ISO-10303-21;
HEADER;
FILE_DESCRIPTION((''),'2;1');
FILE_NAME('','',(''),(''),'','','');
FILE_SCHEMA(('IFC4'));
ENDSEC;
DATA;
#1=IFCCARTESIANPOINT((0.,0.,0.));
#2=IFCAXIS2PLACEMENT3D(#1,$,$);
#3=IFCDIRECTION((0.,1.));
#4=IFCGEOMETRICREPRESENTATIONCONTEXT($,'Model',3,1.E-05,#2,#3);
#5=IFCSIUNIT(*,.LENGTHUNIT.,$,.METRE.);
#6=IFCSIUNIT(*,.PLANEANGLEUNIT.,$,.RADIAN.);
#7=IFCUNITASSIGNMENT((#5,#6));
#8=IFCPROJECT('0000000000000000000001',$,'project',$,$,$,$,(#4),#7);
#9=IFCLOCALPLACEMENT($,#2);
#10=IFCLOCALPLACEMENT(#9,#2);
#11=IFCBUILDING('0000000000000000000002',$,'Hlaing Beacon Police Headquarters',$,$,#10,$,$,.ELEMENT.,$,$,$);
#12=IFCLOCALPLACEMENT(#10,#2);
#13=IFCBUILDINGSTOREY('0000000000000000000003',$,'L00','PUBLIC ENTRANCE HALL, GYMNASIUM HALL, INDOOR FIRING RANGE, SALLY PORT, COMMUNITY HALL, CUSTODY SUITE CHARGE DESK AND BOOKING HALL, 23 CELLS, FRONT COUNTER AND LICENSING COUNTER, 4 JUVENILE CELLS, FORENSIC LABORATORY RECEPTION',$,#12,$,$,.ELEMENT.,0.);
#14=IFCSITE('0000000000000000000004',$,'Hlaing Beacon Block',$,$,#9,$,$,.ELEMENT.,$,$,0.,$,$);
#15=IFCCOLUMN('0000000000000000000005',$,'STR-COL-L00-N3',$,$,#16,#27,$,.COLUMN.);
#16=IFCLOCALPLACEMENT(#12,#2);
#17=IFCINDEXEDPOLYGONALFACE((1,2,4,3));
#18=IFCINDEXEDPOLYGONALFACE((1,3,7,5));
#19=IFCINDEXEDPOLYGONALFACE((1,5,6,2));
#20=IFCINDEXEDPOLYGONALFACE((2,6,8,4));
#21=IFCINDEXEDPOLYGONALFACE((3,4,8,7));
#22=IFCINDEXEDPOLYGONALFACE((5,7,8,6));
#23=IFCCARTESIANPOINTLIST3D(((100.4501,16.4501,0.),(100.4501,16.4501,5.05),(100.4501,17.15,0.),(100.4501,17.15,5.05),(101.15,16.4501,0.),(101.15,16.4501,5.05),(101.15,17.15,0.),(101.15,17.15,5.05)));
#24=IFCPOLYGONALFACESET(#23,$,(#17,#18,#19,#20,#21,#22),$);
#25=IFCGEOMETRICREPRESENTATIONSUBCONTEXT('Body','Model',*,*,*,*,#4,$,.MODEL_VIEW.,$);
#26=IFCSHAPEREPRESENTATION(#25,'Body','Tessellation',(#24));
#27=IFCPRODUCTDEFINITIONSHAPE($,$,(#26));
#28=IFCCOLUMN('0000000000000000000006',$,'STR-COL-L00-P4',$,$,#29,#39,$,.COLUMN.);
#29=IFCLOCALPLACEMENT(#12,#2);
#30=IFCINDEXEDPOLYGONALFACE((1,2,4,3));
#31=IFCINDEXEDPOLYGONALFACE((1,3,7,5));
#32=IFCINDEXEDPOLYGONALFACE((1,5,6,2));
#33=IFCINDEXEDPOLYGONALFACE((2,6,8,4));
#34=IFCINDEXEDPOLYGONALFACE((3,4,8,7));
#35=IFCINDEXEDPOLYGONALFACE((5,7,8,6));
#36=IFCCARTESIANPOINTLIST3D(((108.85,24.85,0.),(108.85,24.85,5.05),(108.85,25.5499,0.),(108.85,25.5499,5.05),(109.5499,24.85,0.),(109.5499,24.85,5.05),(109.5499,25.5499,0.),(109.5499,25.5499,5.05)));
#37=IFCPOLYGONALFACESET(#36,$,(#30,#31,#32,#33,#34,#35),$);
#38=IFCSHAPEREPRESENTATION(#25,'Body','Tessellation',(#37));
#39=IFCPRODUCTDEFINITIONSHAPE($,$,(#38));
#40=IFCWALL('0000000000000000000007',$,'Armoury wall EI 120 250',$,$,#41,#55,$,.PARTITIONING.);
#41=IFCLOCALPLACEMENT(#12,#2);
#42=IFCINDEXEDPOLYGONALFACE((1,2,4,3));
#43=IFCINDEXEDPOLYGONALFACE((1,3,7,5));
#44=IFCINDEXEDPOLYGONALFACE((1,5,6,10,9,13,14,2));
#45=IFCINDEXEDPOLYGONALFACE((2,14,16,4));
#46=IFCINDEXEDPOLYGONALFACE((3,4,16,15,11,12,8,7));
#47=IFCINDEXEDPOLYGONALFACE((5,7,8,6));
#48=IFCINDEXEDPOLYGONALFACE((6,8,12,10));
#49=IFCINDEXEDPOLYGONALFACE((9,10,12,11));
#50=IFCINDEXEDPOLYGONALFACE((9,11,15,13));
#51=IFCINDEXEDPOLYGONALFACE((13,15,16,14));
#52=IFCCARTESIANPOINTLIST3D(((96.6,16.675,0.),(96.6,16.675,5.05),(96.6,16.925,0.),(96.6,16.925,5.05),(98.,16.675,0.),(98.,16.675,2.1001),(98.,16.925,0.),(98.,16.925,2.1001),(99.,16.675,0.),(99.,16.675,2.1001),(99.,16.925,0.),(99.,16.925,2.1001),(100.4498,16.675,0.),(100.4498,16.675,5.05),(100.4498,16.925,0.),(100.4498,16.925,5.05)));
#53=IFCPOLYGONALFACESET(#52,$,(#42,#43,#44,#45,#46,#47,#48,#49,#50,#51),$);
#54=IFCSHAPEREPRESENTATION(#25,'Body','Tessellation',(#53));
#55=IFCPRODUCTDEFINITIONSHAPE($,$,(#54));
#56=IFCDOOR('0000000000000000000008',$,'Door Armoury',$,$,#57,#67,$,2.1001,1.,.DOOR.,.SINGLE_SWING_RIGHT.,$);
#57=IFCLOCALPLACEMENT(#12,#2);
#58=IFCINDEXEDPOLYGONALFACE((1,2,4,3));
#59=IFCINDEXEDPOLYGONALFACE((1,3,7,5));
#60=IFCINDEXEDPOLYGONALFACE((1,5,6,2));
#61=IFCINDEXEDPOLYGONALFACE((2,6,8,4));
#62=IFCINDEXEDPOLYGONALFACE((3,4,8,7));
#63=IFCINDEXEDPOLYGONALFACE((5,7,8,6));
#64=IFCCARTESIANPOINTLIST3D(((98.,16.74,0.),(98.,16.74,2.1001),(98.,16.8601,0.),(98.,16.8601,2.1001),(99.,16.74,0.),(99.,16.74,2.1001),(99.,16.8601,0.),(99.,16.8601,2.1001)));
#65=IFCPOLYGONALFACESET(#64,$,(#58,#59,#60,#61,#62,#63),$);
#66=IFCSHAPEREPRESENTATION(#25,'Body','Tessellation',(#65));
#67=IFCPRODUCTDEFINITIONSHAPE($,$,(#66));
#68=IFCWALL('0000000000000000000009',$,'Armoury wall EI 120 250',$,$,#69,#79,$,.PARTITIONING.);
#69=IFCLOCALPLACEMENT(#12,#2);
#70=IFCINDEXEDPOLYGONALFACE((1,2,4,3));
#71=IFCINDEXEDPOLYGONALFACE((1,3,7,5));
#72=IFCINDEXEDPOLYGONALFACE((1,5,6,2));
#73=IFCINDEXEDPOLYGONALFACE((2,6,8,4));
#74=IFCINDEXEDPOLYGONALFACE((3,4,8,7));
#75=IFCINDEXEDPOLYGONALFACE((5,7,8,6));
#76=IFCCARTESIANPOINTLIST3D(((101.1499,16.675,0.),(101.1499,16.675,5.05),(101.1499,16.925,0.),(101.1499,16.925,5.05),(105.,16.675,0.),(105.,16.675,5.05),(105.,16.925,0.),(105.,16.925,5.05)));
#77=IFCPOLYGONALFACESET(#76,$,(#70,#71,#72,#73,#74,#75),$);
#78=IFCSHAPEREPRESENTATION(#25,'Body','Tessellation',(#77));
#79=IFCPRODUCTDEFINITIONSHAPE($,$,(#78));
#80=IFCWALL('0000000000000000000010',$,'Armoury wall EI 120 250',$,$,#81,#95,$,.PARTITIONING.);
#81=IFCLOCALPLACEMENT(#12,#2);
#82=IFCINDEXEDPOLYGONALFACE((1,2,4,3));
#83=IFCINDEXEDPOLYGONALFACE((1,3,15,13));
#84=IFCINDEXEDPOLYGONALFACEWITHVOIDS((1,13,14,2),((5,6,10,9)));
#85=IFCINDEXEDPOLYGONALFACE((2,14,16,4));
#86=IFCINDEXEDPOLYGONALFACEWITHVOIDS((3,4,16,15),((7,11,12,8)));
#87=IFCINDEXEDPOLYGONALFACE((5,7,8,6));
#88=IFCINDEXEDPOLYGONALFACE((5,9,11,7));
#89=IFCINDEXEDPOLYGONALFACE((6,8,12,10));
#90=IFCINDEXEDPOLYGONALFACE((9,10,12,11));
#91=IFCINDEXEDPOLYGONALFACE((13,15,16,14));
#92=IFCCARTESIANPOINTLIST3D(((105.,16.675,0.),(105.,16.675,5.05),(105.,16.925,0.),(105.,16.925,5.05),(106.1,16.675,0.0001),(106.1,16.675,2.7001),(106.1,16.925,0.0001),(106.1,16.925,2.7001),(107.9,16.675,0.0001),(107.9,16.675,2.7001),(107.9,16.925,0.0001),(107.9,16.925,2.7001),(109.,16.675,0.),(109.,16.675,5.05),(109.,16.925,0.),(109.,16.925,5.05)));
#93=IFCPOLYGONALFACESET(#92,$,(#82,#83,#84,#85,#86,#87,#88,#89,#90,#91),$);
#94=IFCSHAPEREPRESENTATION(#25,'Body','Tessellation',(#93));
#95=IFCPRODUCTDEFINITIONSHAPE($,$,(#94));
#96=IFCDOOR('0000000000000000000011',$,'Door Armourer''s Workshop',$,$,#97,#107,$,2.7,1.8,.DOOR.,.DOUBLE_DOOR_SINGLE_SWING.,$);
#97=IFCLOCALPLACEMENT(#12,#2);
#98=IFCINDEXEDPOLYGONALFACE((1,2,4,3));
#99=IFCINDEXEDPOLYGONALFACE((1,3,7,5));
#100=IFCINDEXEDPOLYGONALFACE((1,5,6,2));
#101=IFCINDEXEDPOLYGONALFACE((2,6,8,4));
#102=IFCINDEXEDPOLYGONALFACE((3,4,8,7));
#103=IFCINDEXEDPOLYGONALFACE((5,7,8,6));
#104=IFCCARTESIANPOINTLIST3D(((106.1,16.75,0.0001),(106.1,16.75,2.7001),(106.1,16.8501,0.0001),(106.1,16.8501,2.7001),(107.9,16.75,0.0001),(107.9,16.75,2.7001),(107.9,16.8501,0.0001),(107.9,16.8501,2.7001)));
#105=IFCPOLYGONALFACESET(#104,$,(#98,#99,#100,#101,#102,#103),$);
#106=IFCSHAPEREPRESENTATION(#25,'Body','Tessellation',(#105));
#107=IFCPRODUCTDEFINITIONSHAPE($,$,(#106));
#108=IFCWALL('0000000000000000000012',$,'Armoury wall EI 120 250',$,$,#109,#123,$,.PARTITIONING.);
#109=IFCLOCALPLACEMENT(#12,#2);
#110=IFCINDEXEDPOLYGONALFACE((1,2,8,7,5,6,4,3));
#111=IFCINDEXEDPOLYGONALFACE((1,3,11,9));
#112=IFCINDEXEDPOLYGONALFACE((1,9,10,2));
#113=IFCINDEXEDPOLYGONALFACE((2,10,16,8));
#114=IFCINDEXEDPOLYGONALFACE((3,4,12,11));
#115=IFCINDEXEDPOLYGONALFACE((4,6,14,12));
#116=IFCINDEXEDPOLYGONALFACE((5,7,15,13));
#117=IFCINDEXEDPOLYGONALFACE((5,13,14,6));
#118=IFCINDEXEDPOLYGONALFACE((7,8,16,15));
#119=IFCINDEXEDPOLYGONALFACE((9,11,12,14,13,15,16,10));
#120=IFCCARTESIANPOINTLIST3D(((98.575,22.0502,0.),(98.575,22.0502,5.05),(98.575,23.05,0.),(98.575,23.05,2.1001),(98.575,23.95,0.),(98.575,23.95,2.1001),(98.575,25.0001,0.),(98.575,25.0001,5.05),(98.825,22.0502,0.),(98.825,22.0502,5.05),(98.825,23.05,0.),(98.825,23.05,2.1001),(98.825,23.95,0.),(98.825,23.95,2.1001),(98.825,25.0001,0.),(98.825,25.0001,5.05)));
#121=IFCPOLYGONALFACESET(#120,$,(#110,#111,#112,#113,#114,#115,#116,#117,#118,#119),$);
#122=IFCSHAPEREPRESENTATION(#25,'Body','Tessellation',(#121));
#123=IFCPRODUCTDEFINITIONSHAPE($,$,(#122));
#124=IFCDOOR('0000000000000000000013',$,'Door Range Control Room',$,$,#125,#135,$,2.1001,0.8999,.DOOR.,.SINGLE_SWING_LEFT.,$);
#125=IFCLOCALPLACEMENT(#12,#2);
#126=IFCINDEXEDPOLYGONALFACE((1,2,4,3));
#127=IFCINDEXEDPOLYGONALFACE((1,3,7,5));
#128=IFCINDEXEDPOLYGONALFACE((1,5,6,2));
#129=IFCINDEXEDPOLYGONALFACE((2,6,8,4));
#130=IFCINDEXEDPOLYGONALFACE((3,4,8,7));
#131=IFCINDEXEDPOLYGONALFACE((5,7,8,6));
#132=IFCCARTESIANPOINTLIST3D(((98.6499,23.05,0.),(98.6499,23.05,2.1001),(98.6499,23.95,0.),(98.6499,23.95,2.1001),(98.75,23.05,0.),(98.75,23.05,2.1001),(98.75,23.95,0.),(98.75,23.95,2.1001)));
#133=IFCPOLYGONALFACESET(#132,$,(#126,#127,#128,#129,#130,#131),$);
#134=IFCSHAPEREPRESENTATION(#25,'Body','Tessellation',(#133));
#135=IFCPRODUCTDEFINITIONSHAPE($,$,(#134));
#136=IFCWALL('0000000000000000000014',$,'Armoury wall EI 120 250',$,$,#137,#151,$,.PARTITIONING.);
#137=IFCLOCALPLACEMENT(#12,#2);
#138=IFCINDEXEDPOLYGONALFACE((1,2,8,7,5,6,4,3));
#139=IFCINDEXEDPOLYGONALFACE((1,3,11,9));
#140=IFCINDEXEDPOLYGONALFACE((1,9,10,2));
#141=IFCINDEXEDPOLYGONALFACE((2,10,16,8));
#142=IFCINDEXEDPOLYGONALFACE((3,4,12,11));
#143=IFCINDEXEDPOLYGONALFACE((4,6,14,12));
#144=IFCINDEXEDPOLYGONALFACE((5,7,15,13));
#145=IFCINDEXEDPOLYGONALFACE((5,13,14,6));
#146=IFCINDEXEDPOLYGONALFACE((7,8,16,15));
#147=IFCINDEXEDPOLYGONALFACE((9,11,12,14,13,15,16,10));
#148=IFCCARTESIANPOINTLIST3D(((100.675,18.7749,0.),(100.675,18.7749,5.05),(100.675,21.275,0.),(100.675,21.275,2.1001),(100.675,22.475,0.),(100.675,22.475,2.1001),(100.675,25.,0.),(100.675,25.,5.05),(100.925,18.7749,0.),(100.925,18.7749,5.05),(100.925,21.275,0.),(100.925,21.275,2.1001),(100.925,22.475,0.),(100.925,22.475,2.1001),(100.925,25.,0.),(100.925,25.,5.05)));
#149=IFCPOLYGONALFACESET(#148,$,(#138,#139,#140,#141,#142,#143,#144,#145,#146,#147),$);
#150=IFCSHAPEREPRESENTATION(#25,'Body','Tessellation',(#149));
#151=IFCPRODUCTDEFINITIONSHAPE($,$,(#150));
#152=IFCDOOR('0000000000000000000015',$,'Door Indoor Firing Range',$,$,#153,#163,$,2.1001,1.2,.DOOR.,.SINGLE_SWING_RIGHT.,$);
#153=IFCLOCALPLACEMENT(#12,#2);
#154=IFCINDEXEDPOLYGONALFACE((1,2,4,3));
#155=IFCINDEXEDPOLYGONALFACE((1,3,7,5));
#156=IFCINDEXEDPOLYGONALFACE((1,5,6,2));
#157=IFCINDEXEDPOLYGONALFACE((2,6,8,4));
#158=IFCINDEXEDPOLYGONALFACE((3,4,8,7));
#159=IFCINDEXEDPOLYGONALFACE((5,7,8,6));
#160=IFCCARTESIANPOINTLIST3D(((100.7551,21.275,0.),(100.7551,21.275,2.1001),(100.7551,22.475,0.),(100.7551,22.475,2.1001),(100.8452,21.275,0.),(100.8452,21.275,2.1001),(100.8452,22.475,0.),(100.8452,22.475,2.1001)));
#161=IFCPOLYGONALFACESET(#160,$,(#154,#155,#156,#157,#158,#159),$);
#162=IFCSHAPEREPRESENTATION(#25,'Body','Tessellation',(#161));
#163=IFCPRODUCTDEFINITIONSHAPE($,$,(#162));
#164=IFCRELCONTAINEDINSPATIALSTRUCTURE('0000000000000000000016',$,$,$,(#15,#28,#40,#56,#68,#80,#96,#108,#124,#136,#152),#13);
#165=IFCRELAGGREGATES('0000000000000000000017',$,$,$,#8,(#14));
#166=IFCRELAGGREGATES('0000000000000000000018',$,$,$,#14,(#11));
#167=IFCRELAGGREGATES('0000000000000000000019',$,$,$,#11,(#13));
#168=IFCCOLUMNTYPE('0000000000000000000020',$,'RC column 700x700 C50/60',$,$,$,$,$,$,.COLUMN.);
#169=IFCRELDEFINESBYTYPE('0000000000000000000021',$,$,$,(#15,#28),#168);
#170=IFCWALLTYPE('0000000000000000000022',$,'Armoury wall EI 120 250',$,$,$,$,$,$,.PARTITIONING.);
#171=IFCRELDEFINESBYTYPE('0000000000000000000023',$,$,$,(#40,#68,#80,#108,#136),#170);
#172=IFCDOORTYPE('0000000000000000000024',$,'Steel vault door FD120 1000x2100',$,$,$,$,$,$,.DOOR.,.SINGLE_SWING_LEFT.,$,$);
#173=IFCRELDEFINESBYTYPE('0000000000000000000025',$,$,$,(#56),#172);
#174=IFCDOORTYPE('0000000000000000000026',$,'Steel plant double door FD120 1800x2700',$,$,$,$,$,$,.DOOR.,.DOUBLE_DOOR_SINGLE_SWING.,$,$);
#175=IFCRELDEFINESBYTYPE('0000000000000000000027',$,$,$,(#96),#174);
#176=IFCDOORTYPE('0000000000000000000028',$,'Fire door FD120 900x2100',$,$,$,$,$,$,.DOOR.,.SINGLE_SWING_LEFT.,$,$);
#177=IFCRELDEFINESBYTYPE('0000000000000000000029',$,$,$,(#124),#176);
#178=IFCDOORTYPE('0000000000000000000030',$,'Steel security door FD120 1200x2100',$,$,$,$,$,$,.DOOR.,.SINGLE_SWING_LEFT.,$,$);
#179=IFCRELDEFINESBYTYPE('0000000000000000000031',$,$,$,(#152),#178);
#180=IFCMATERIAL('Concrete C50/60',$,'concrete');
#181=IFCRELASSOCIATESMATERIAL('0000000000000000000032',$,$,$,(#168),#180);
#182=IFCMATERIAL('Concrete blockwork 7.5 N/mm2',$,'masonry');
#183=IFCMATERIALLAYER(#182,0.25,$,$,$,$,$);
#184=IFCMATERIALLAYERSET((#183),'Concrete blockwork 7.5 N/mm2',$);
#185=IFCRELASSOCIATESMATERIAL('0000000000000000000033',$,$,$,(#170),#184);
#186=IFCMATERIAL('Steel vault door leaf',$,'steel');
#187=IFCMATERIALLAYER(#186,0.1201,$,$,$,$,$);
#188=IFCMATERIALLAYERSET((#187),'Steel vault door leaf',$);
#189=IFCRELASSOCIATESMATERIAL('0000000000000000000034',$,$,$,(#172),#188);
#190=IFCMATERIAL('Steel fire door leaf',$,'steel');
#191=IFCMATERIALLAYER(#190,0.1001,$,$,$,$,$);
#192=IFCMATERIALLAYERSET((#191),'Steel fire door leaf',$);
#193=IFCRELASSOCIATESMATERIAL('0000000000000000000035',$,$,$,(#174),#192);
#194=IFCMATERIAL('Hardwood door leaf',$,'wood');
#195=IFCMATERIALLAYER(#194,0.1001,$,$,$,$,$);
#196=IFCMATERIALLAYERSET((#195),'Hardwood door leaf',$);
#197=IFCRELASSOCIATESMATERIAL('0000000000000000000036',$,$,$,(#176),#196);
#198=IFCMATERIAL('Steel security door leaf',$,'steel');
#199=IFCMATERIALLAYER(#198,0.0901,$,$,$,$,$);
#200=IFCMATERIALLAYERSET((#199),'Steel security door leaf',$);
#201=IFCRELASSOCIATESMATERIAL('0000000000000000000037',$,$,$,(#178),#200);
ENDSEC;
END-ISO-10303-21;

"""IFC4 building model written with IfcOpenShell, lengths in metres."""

from ifc_helpers import new_model, si_unit, direction, frame, frame_2d, origin, origin_2d, place, context, subcontext, project, spatial, rectangle, extrude, material, layer, layer_set, material_profile, profile_set, type_object, element, fill, save


model = new_model("IFC4")

# Units and contexts
model_context = context("Model", 3, precision=1e-05, world=origin(), true_north=direction((0.0, 1.0)))
body_context = subcontext(model_context, "Body", "Model", "MODEL_VIEW")
ifc_project = project(units=[si_unit("LENGTHUNIT", "METRE"), si_unit("PLANEANGLEUNIT", "RADIAN")], contexts=[model_context])

# Site, building, storey
site_placement = place(None, origin())
site = spatial("IfcSite", under=ifc_project, at=site_placement, Name="Hlaing Beacon Block", CompositionType="ELEMENT", RefElevation=0.0)
building_placement = place(site_placement, origin())
building = spatial("IfcBuilding", under=site, at=building_placement, Name="Hlaing Beacon Police Headquarters", CompositionType="ELEMENT")
storey_placement = place(building_placement, origin())
storey = spatial("IfcBuildingStorey", under=building, at=storey_placement, Name="L00", Description="PUBLIC ENTRANCE HALL, GYMNASIUM HALL, INDOOR FIRING RANGE, SALLY PORT, COMMUNITY HALL, CUSTODY SUITE CHARGE DESK AND BOOKING HALL, 23 CELLS, FRONT COUNTER AND LICENSING COUNTER, 4 JUVENILE CELLS, FORENSIC LABORATORY RECEPTION", CompositionType="ELEMENT", Elevation=0.0)

# Columns
ifc_material_1 = material(Name="Concrete C50/60", Category="concrete")
ifc_material_profile = material_profile(ifc_material_1, rectangle(XDim=0.7, YDim=0.7, at=origin_2d()), Name="700x700")
ifc_profile_set = profile_set([ifc_material_profile], Name="Concrete C50/60")
column_type = type_object("IfcColumnType", Name="RC column 700x700 C50/60", PredefinedType="COLUMN", material=ifc_profile_set)
for number, where, z_axis, x_axis, name in (
    (1, (100.8, 16.8, 0.0), (0.0, 0.0, 1.0), (1.0, 0.0, 0.0), "STR-COL-L00-N3"),
    (2, (109.2, 25.2, 0.0), (0.0, 0.0, 1.0), (1.0, 0.0, 0.0), "STR-COL-L00-P4"),
):
    element("IfcColumn", number, at=place(storey_placement, frame(where, z_axis=z_axis, x_axis=x_axis)), inside=storey, type_object=column_type, Name=name, PredefinedType="COLUMN", context=body_context, shape_type="SweptSolid", body=[
        extrude(rectangle(XDim=0.7, YDim=0.7, at=origin_2d()), origin(), (0.0, 0.0, 1.0), 5.05),
    ])

# Wall, opening, door
ifc_material_2 = material(Name="Concrete blockwork 7.5 N/mm2", Category="masonry")
ifc_layer_1 = layer(ifc_material_2, 0.25)
ifc_layer_set_1 = layer_set([ifc_layer_1], Name="Concrete blockwork 7.5 N/mm2")
wall_type_1 = type_object("IfcWallType", Name="Armoury wall EI 120 250", PredefinedType="PARTITIONING", material=ifc_layer_set_1)
wall_1_placement = place(storey_placement, frame((96.6001, 16.8, 0.0), z_axis=(0.0, 0.0, 1.0), x_axis=(1.0, 0.0, 0.0)))
wall_1 = element("IfcWall", 3, at=wall_1_placement, inside=storey, type_object=wall_type_1, Name="Armoury wall EI 120 250", PredefinedType="PARTITIONING", context=body_context, shape_type="SweptSolid", body=[
    extrude(rectangle(XDim=3.8499, YDim=0.25, at=frame_2d((1.9248, 0.0))), origin(), (0.0, 0.0, 1.0), 5.05),
])
opening_1_placement = place(wall_1_placement, frame((1.3999, 0.0, 0.0)))
opening_1 = element("IfcOpeningElement", 4, at=opening_1_placement, cuts=wall_1, PredefinedType="OPENING", context=body_context, shape_type="SweptSolid", body=[
    extrude(rectangle(XDim=1.0, YDim=2.1001, at=frame_2d((0.5, 1.05))), frame((0.0, 0.135, 0.0), z_axis=(0.0, -1.0, 0.0), x_axis=(1.0, 0.0, 0.0)), (0.0, 0.0, 1.0), 0.27),
])
ifc_material_3 = material(Name="Steel vault door leaf", Category="steel")
ifc_layer_2 = layer(ifc_material_3, 0.1201)
ifc_layer_set_2 = layer_set([ifc_layer_2], Name="Steel vault door leaf")
door_type_1 = type_object("IfcDoorType", Name="Steel vault door FD120 1000x2100", OperationType="SINGLE_SWING_LEFT", PredefinedType="DOOR", material=ifc_layer_set_2)
door_1_placement = place(opening_1_placement, frame((1.0, 0.0, 0.0), z_axis=(0.0, 0.0, 1.0), x_axis=(-1.0, 0.0, 0.0)))
door_1 = element("IfcDoor", 5, at=door_1_placement, inside=storey, type_object=door_type_1, Name="Door Armoury", OperationType="SINGLE_SWING_RIGHT", OverallHeight=2.1001, OverallWidth=1.0, PredefinedType="DOOR", context=body_context, shape_type="SweptSolid", body=[
    extrude(rectangle(XDim=1.0, YDim=2.1001, at=frame_2d((0.5, 1.05))), frame((0.0, 0.0601, 0.0), z_axis=(0.0, -1.0, 0.0), x_axis=(1.0, 0.0, 0.0)), (0.0, 0.0, 1.0), 0.1201),
])
fill(opening_1, door_1)

# Wall
wall_2_placement = place(storey_placement, frame((101.1499, 16.8, 0.0), z_axis=(0.0, 0.0, 1.0), x_axis=(1.0, 0.0, 0.0)))
element("IfcWall", 6, at=wall_2_placement, inside=storey, type_object=wall_type_1, Name="Armoury wall EI 120 250", PredefinedType="PARTITIONING", context=body_context, shape_type="SweptSolid", body=[
    extrude(rectangle(XDim=3.8501, YDim=0.25, at=frame_2d((1.925, 0.0))), origin(), (0.0, 0.0, 1.0), 5.05),
])

# Walls, openings, doors
wall_3_placement = place(storey_placement, frame((105.0, 16.8, 0.0), z_axis=(0.0, 0.0, 1.0), x_axis=(1.0, 0.0, 0.0)))
wall_3 = element("IfcWall", 7, at=wall_3_placement, inside=storey, type_object=wall_type_1, Name="Armoury wall EI 120 250", PredefinedType="PARTITIONING", context=body_context, shape_type="SweptSolid", body=[
    extrude(rectangle(XDim=4.0, YDim=0.25, at=frame_2d((2.0, 0.0))), origin(), (0.0, 0.0, 1.0), 5.05),
])
opening_2_placement = place(wall_3_placement, frame((1.1001, 0.0, 0.0)))
opening_2 = element("IfcOpeningElement", 8, at=opening_2_placement, cuts=wall_3, PredefinedType="OPENING", context=body_context, shape_type="SweptSolid", body=[
    extrude(rectangle(XDim=1.8, YDim=2.7, at=frame_2d((0.8999, 1.3501))), frame((0.0, 0.135, 0.0), z_axis=(0.0, -1.0, 0.0), x_axis=(1.0, 0.0, 0.0)), (0.0, 0.0, 1.0), 0.27),
])
ifc_material_4 = material(Name="Steel fire door leaf", Category="steel")
ifc_layer_3 = layer(ifc_material_4, 0.1001)
ifc_layer_set_3 = layer_set([ifc_layer_3], Name="Steel fire door leaf")
door_type_2 = type_object("IfcDoorType", Name="Steel plant double door FD120 1800x2700", OperationType="DOUBLE_DOOR_SINGLE_SWING", PredefinedType="DOOR", material=ifc_layer_set_3)
door_2_placement = place(opening_2_placement, frame((1.8, 0.0, 0.0), z_axis=(0.0, 0.0, 1.0), x_axis=(-1.0, 0.0, 0.0)))
door_2 = element("IfcDoor", 9, at=door_2_placement, inside=storey, type_object=door_type_2, Name="Door Armourer's Workshop", OperationType="DOUBLE_DOOR_SINGLE_SWING", OverallHeight=2.7, OverallWidth=1.8, PredefinedType="DOOR", context=body_context, shape_type="SweptSolid", body=[
    extrude(rectangle(XDim=1.8, YDim=2.7, at=frame_2d((0.9001, 1.3501))), frame((0.0, 0.05, 0.0), z_axis=(0.0, -1.0, 0.0), x_axis=(1.0, 0.0, 0.0)), (0.0, 0.0, 1.0), 0.1001),
])
fill(opening_2, door_2)
wall_4_placement = place(storey_placement, frame((98.7, 22.05, 0.0), z_axis=(0.0, 0.0, 1.0), x_axis=(0.0, 1.0, 0.0)))
wall_4 = element("IfcWall", 10, at=wall_4_placement, inside=storey, type_object=wall_type_1, Name="Armoury wall EI 120 250", PredefinedType="PARTITIONING", context=body_context, shape_type="SweptSolid", body=[
    extrude(rectangle(XDim=2.95, YDim=0.25, at=frame_2d((1.4751, 0.0))), origin(), (0.0, 0.0, 1.0), 5.05),
])
opening_3_placement = place(wall_4_placement, frame((1.0, 0.0, 0.0)))
opening_3 = element("IfcOpeningElement", 11, at=opening_3_placement, cuts=wall_4, PredefinedType="OPENING", context=body_context, shape_type="SweptSolid", body=[
    extrude(rectangle(XDim=0.8999, YDim=2.1001, at=frame_2d((0.45, 1.05))), frame((0.0, 0.135, 0.0), z_axis=(0.0, -1.0, 0.0), x_axis=(1.0, 0.0, 0.0)), (0.0, 0.0, 1.0), 0.27),
])
ifc_material_5 = material(Name="Hardwood door leaf", Category="wood")
ifc_layer_4 = layer(ifc_material_5, 0.1001)
ifc_layer_set_4 = layer_set([ifc_layer_4], Name="Hardwood door leaf")
door_type_3 = type_object("IfcDoorType", Name="Fire door FD120 900x2100", OperationType="SINGLE_SWING_LEFT", PredefinedType="DOOR", material=ifc_layer_set_4)
door_3_placement = place(opening_3_placement, origin())
door_3 = element("IfcDoor", 12, at=door_3_placement, inside=storey, type_object=door_type_3, Name="Door Range Control Room", OperationType="SINGLE_SWING_LEFT", OverallHeight=2.1001, OverallWidth=0.8999, PredefinedType="DOOR", context=body_context, shape_type="SweptSolid", body=[
    extrude(rectangle(XDim=0.8999, YDim=2.1001, at=frame_2d((0.45, 1.05))), frame((0.0, 0.05, 0.0), z_axis=(0.0, -1.0, 0.0), x_axis=(1.0, 0.0, 0.0)), (0.0, 0.0, 1.0), 0.1001),
])
fill(opening_3, door_3)
wall_5_placement = place(storey_placement, frame((100.8, 18.7749, 0.0), z_axis=(0.0, 0.0, 1.0), x_axis=(0.0, 1.0, 0.0)))
wall_5 = element("IfcWall", 13, at=wall_5_placement, inside=storey, type_object=wall_type_1, Name="Armoury wall EI 120 250", PredefinedType="PARTITIONING", context=body_context, shape_type="SweptSolid", body=[
    extrude(rectangle(XDim=6.2251, YDim=0.25, at=frame_2d((3.1125, 0.0))), origin(), (0.0, 0.0, 1.0), 5.05),
])
opening_4_placement = place(wall_5_placement, frame((2.5, 0.0, 0.0)))
opening_4 = element("IfcOpeningElement", 14, at=opening_4_placement, cuts=wall_5, PredefinedType="OPENING", context=body_context, shape_type="SweptSolid", body=[
    extrude(rectangle(XDim=1.2, YDim=2.1001, at=frame_2d((0.6001, 1.05))), frame((0.0, 0.135, 0.0), z_axis=(0.0, -1.0, 0.0), x_axis=(1.0, 0.0, 0.0)), (0.0, 0.0, 1.0), 0.27),
])
ifc_material_6 = material(Name="Steel security door leaf", Category="steel")
ifc_layer_5 = layer(ifc_material_6, 0.0901)
ifc_layer_set_5 = layer_set([ifc_layer_5], Name="Steel security door leaf")
door_type_4 = type_object("IfcDoorType", Name="Steel security door FD120 1200x2100", OperationType="SINGLE_SWING_LEFT", PredefinedType="DOOR", material=ifc_layer_set_5)
door_4_placement = place(opening_4_placement, frame((1.2, 0.0, 0.0), z_axis=(0.0, 0.0, 1.0), x_axis=(-1.0, 0.0, 0.0)))
door_4 = element("IfcDoor", 15, at=door_4_placement, inside=storey, type_object=door_type_4, Name="Door Indoor Firing Range", OperationType="SINGLE_SWING_RIGHT", OverallHeight=2.1001, OverallWidth=1.2, PredefinedType="DOOR", context=body_context, shape_type="SweptSolid", body=[
    extrude(rectangle(XDim=1.2, YDim=2.1001, at=frame_2d((0.5999, 1.05))), frame((0.0, 0.0452, 0.0), z_axis=(0.0, -1.0, 0.0), x_axis=(1.0, 0.0, 0.0)), (0.0, 0.0, 1.0), 0.0901),
])
fill(opening_4, door_4)

save(model, "model.ifc")
